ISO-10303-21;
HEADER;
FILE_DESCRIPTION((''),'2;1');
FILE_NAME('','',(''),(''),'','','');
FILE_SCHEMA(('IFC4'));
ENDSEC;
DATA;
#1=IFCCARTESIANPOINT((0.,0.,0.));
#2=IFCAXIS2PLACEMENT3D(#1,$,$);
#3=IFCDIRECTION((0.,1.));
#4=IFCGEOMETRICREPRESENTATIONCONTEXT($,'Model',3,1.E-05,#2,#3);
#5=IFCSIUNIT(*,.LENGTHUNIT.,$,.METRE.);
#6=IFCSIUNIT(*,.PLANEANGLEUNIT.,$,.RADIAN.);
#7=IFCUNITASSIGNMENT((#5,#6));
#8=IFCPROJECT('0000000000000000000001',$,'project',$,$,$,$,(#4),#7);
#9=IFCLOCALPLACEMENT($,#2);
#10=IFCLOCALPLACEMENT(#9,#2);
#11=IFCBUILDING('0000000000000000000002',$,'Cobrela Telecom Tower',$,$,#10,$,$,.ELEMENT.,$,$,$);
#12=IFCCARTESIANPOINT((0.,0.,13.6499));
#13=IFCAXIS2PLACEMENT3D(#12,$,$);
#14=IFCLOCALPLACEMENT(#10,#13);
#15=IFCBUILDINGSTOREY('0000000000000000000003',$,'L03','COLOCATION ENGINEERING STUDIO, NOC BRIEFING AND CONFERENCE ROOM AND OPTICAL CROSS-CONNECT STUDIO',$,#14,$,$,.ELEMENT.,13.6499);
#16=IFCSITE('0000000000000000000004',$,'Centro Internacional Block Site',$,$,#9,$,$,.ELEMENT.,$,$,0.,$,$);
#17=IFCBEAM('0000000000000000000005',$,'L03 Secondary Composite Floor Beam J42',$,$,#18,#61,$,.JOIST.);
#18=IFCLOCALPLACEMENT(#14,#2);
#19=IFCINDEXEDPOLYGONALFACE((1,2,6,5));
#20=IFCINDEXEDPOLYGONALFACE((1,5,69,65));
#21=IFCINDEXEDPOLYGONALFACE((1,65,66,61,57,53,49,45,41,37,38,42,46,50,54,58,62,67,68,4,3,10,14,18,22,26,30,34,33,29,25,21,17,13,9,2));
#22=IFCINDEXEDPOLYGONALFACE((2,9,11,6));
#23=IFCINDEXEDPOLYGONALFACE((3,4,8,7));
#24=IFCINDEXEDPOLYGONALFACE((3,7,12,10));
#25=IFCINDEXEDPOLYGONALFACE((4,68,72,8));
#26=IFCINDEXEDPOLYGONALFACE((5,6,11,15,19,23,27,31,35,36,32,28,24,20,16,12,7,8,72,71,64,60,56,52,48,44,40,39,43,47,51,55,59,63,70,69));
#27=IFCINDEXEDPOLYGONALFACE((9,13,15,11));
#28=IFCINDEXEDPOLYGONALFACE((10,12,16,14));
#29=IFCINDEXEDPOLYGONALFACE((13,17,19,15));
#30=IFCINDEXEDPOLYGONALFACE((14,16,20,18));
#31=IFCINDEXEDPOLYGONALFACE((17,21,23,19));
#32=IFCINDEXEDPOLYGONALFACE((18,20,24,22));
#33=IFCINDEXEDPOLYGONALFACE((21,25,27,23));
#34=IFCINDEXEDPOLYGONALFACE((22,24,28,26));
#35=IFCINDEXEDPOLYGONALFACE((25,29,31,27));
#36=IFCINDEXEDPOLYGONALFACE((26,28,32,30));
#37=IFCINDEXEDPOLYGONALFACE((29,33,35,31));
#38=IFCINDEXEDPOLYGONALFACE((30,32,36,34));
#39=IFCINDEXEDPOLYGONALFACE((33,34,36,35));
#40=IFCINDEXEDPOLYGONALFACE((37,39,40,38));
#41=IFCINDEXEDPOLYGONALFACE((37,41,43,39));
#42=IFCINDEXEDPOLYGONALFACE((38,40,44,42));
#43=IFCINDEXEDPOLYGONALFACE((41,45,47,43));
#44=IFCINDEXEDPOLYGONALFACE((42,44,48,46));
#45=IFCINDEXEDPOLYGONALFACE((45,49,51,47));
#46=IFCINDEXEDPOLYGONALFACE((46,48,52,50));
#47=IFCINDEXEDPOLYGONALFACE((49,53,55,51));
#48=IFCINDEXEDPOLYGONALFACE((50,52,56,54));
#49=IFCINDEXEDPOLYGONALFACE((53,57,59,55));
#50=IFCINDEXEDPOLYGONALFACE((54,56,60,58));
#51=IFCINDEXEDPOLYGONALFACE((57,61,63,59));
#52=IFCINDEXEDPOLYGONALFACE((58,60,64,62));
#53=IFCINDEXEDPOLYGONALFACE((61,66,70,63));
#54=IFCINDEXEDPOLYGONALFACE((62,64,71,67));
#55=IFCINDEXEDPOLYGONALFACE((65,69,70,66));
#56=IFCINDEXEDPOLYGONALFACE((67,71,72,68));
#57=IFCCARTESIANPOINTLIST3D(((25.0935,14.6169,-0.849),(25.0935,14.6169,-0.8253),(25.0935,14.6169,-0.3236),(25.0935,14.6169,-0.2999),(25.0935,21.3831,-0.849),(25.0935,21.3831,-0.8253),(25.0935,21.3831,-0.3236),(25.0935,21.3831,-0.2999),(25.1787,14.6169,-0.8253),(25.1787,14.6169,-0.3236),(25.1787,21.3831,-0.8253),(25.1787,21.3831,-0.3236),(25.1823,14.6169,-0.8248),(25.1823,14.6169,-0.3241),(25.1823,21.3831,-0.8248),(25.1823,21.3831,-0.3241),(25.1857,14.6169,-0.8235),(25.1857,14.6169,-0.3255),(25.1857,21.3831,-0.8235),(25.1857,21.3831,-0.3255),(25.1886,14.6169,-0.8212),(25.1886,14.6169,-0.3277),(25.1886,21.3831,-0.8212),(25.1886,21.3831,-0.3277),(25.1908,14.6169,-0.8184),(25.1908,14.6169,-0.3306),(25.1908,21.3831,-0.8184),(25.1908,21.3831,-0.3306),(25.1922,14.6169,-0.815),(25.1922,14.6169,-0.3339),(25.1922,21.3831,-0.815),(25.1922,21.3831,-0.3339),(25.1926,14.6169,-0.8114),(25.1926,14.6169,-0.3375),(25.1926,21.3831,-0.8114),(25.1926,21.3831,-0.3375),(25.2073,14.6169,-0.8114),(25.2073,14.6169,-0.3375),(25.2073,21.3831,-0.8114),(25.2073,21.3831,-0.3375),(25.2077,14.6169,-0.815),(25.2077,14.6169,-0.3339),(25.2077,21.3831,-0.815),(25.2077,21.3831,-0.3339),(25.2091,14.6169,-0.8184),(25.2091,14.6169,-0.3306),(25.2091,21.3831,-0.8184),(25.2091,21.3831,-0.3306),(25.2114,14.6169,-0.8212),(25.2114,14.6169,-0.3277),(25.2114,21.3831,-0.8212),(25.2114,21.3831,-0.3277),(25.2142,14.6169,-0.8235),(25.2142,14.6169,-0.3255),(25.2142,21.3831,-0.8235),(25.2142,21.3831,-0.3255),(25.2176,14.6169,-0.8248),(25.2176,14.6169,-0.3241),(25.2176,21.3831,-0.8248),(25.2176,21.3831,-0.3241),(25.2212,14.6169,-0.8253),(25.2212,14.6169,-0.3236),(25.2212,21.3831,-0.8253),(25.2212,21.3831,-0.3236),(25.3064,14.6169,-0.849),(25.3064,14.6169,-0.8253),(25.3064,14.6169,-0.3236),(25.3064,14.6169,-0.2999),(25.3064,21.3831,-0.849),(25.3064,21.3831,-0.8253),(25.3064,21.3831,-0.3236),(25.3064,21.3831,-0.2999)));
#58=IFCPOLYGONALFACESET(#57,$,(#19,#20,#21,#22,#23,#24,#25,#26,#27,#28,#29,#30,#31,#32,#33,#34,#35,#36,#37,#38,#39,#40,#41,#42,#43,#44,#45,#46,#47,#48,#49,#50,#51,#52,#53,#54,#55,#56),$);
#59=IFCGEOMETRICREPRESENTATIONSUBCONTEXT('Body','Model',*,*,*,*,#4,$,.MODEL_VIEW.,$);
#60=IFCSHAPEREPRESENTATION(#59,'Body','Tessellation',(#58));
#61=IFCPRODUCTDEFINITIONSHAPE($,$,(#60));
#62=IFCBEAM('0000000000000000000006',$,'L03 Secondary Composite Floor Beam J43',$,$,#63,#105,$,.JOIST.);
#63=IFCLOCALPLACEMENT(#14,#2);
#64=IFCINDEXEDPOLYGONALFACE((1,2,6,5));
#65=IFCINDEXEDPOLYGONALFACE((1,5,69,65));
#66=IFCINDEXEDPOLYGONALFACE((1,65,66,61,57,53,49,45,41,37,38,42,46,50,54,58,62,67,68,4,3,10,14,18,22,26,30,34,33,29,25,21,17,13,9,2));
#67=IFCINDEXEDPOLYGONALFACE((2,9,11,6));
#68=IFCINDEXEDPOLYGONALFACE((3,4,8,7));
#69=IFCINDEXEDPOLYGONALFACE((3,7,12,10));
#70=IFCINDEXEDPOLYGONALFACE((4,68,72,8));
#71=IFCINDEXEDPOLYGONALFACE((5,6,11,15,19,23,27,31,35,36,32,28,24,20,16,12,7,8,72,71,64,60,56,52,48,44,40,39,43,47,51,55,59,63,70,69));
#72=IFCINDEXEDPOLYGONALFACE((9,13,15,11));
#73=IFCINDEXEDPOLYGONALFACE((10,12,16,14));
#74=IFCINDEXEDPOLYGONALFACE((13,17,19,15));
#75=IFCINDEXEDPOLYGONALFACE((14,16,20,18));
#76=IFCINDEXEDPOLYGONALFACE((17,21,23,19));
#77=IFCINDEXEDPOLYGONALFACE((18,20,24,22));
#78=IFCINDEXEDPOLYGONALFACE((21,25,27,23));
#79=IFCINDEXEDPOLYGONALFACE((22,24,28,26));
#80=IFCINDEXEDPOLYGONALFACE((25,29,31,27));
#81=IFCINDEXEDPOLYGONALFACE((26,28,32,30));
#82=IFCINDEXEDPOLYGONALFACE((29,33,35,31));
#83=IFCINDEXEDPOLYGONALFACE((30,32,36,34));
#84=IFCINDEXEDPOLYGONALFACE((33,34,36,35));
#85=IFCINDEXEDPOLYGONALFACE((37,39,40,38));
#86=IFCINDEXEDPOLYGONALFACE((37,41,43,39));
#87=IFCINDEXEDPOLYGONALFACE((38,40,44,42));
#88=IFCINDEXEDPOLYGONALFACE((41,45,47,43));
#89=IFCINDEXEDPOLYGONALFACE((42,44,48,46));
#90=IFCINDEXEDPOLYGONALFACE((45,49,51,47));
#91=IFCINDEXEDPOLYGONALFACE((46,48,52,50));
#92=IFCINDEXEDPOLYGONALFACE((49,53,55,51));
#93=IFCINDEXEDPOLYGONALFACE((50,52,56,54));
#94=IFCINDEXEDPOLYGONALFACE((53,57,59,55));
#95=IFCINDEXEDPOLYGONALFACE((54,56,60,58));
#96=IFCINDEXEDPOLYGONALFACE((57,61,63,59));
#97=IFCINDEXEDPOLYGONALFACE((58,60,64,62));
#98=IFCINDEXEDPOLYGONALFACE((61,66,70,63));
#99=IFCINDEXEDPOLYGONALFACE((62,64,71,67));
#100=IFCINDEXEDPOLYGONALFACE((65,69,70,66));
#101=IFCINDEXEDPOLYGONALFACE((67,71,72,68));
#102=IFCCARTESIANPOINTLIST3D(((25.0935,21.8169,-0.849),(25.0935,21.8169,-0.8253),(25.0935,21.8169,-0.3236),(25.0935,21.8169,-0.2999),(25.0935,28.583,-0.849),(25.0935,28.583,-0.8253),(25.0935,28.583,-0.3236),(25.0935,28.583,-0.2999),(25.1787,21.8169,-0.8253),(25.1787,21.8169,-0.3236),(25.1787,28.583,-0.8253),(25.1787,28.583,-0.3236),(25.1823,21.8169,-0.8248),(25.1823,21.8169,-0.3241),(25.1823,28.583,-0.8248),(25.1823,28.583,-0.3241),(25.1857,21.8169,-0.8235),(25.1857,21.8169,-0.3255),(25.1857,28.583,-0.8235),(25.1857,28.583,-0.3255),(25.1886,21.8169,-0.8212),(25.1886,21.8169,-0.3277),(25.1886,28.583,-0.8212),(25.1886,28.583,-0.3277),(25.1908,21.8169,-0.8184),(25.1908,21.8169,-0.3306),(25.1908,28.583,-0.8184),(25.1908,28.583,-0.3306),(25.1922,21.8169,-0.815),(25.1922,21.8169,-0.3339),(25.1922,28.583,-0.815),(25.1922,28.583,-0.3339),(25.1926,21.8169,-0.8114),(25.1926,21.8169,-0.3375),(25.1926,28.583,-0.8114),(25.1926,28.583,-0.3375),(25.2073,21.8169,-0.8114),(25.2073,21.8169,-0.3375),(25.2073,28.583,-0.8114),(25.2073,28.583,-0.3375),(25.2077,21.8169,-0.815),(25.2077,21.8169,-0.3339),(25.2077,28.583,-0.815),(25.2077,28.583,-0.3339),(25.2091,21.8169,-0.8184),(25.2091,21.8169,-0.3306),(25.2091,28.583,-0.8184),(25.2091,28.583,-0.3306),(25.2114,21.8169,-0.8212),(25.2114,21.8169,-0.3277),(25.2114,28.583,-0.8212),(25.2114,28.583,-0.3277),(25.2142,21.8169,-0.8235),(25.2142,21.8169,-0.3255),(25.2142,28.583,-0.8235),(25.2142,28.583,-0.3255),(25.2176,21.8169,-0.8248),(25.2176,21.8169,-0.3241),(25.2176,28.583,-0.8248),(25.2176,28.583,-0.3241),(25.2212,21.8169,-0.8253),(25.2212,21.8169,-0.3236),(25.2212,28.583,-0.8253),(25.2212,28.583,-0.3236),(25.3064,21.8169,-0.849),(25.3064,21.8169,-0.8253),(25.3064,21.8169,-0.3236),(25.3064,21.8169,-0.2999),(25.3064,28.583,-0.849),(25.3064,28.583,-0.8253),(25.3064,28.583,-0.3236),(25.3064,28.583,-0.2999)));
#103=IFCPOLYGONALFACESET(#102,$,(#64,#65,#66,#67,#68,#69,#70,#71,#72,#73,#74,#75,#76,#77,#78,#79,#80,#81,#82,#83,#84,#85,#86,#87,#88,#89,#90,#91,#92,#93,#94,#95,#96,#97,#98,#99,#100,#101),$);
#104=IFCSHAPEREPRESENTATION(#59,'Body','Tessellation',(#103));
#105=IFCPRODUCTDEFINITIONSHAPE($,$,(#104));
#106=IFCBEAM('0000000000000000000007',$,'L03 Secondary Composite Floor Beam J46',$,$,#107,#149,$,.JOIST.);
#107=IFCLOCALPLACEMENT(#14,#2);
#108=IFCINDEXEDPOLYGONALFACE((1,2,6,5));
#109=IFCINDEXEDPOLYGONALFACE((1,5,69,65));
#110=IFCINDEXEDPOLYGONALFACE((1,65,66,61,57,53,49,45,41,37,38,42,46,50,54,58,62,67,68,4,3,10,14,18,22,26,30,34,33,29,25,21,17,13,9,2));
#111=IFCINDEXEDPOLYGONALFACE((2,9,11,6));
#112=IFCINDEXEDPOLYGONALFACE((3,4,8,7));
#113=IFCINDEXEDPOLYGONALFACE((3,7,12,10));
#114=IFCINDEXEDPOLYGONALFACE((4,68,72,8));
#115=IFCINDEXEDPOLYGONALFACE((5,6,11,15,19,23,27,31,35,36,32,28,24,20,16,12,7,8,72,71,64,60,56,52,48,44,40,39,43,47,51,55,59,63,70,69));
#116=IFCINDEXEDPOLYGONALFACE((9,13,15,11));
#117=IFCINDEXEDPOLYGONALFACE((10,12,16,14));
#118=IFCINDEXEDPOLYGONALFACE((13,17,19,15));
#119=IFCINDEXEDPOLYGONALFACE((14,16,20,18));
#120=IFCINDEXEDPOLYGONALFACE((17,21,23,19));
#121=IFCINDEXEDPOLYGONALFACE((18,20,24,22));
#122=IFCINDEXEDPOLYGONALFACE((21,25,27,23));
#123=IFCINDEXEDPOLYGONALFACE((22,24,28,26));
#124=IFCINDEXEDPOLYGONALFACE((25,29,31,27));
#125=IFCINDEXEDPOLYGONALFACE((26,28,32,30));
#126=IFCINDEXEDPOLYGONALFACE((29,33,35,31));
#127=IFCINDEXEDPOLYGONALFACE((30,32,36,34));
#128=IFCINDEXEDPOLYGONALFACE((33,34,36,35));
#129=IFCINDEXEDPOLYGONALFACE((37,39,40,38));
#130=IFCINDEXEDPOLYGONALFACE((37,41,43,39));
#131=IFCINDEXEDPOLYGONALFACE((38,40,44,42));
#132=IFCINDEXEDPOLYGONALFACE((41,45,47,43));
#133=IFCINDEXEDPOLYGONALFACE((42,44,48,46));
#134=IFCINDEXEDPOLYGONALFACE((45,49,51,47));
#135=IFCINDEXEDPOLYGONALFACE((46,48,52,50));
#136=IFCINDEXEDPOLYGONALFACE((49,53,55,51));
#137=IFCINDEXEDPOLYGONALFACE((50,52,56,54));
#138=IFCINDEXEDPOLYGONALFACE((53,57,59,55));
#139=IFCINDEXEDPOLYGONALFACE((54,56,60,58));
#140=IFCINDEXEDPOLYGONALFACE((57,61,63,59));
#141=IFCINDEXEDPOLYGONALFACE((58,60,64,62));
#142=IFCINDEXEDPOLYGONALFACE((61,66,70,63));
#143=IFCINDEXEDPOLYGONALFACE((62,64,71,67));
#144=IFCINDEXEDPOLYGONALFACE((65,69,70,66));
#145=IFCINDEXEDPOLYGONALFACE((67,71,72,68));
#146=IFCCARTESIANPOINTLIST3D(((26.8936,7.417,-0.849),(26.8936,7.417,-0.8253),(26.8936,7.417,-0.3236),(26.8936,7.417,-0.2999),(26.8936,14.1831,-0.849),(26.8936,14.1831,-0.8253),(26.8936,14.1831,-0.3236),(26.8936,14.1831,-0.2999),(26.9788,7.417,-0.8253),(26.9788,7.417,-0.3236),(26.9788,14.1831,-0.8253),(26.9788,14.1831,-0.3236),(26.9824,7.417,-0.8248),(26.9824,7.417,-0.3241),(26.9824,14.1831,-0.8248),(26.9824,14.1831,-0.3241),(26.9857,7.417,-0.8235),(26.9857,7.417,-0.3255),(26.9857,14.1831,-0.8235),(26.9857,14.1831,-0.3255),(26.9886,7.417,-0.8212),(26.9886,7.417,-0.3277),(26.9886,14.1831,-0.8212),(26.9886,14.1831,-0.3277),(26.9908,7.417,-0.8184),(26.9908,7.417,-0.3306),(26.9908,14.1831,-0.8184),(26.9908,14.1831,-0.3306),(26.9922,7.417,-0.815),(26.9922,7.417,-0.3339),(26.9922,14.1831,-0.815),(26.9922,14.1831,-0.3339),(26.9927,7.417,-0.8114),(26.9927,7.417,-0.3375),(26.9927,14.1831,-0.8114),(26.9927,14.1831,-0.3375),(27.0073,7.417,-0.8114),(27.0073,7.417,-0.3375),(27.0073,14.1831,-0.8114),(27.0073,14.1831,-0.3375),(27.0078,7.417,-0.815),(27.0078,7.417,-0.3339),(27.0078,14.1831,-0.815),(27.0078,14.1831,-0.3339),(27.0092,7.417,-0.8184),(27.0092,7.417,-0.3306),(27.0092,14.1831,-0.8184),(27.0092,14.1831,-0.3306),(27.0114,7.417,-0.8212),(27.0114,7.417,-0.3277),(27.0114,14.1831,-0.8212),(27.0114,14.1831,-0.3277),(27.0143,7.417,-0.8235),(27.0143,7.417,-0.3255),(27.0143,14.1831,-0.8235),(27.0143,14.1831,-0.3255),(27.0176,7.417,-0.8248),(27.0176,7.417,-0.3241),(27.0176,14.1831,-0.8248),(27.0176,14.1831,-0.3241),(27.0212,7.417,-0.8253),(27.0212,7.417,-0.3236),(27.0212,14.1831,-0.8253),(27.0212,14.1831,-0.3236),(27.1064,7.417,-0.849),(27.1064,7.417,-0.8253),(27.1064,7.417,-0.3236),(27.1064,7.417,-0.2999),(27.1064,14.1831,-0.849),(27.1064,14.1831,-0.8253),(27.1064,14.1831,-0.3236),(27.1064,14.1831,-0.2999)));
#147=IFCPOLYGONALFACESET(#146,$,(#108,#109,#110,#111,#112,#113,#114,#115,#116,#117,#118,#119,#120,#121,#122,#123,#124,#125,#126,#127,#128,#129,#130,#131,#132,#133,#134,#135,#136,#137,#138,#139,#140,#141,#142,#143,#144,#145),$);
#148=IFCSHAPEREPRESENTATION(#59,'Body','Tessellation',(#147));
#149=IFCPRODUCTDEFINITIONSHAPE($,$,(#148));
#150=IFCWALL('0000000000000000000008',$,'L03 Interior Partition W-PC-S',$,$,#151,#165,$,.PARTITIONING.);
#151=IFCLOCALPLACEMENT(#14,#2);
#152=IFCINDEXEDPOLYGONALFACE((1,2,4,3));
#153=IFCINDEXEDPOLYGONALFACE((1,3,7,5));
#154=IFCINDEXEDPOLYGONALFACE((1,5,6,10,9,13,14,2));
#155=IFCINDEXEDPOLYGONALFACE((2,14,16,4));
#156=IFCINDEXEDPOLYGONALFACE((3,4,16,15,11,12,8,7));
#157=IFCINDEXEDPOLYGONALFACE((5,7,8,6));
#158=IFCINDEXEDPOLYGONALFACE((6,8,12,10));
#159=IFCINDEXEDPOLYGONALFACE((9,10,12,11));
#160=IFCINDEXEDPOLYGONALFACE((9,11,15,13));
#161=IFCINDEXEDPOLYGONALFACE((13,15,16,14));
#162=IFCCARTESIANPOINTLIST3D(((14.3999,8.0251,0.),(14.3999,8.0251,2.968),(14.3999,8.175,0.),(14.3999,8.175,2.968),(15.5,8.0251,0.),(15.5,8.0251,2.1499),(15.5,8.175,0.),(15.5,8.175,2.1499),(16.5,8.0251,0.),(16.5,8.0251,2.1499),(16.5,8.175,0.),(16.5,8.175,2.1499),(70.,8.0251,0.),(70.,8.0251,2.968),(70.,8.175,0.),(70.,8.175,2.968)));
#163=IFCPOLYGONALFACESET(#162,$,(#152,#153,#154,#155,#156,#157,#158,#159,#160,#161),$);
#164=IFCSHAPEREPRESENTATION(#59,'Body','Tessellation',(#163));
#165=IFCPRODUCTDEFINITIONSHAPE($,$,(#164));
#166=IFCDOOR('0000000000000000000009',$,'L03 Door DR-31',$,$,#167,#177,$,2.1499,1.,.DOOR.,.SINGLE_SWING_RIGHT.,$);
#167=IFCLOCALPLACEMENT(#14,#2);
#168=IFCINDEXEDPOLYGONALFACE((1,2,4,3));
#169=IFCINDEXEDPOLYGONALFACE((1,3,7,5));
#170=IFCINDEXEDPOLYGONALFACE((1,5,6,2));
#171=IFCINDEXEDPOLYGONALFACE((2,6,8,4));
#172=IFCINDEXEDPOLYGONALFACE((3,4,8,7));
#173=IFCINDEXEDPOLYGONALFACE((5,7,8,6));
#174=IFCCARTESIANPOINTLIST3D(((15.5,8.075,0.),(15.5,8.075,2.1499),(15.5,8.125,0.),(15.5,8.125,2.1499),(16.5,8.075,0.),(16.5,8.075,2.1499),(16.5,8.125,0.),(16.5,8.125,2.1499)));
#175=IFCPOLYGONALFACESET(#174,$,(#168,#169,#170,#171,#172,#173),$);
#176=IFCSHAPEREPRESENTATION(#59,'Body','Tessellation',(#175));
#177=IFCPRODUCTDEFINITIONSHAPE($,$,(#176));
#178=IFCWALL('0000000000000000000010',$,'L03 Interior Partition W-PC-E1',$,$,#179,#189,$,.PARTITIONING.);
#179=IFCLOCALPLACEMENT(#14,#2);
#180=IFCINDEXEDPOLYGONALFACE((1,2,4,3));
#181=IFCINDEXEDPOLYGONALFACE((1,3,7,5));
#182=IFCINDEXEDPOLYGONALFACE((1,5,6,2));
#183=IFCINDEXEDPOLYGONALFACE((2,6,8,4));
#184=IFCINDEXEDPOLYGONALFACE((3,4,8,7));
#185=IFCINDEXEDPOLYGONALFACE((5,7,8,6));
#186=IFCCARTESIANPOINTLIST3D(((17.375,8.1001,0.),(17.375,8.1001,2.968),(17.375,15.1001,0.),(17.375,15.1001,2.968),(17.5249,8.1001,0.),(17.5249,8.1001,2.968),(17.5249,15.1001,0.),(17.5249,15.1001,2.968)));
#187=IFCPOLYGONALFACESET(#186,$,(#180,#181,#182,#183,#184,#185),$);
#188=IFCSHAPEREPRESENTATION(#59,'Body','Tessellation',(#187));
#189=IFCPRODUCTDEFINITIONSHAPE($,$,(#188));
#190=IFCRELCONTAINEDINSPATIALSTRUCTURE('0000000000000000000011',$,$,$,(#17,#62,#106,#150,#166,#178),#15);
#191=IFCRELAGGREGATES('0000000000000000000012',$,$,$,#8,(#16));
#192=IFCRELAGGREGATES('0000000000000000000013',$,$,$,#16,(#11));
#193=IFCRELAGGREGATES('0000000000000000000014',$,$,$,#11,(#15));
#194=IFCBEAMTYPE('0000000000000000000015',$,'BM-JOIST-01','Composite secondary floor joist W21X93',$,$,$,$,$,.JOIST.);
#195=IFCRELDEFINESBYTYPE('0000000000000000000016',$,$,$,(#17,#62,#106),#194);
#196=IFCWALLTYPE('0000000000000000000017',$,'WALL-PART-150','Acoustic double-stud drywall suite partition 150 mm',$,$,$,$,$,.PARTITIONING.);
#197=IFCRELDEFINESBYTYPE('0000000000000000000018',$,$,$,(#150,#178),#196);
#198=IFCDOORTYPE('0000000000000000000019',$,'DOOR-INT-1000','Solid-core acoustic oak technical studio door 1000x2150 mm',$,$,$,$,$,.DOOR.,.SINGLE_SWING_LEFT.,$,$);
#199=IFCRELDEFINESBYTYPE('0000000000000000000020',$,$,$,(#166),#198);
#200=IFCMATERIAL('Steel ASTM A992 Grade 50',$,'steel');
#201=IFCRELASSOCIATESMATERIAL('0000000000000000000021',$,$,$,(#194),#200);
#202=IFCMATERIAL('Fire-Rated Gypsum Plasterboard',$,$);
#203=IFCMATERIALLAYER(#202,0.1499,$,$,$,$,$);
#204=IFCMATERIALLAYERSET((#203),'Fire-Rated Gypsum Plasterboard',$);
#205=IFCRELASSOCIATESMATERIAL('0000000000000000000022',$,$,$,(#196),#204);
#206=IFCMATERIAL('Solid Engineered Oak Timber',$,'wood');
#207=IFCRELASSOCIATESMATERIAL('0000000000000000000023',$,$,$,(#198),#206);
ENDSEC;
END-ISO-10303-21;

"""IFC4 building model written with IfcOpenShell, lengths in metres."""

from ifc_helpers import new_model, si_unit, direction, frame, frame_2d, origin, origin_2d, place, context, subcontext, project, spatial, rectangle, i_section, extrude, material, layer, layer_set, material_profile, profile_set, type_object, element, fill, save


model = new_model("IFC4")

# Units and contexts
model_context = context("Model", 3, precision=1e-05, world=origin(), true_north=direction((0.0, 1.0)))
body_context = subcontext(model_context, "Body", "Model", "MODEL_VIEW")
ifc_project = project(units=[si_unit("LENGTHUNIT", "METRE"), si_unit("PLANEANGLEUNIT", "RADIAN")], contexts=[model_context])

# Site, building, storey
site_placement = place(None, origin())
site = spatial("IfcSite", under=ifc_project, at=site_placement, Name="Centro Internacional Block Site", CompositionType="ELEMENT", RefElevation=0.0)
building_placement = place(site_placement, origin())
building = spatial("IfcBuilding", under=site, at=building_placement, Name="Cobrela Telecom Tower", CompositionType="ELEMENT")
storey_placement = place(building_placement, frame((0.0, 0.0, 13.6499)))
storey = spatial("IfcBuildingStorey", under=building, at=storey_placement, Name="L03", Description="COLOCATION ENGINEERING STUDIO, NOC BRIEFING AND CONFERENCE ROOM AND OPTICAL CROSS-CONNECT STUDIO", CompositionType="ELEMENT", Elevation=13.6499)

# Beams
ifc_material_1 = material(Name="Steel ASTM A992 Grade 50", Category="steel")
ifc_material_profile = material_profile(ifc_material_1, i_section(OverallWidth=0.2129, OverallDepth=0.5491, WebThickness=0.0146, FlangeThickness=0.0237, FilletRadius=0.0139, at=origin_2d()), Name="W21X93")
ifc_profile_set = profile_set([ifc_material_profile], Name="Steel ASTM A992 Grade 50")
beam_type = type_object("IfcBeamType", Name="BM-JOIST-01", Description="Composite secondary floor joist W21X93", PredefinedType="JOIST", material=ifc_profile_set)
for number, where, z_axis, x_axis, name in (
    (1, (25.2, 14.6169, -0.5745), (0.0, 1.0, 0.0), (-1.0, 0.0, 0.0), "L03 Secondary Composite Floor Beam J42"),
    (2, (25.2, 21.8169, -0.5745), (0.0, 1.0, 0.0), (-1.0, 0.0, 0.0), "L03 Secondary Composite Floor Beam J43"),
    (3, (27.0, 7.417, -0.5745), (0.0, 1.0, 0.0), (-1.0, 0.0, 0.0), "L03 Secondary Composite Floor Beam J46"),
):
    element("IfcBeam", number, at=place(storey_placement, frame(where, z_axis=z_axis, x_axis=x_axis)), inside=storey, type_object=beam_type, Name=name, PredefinedType="JOIST", context=body_context, shape_type="SweptSolid", body=[
        extrude(i_section(OverallWidth=0.2129, OverallDepth=0.5491, WebThickness=0.0146, FlangeThickness=0.0237, FilletRadius=0.0139, at=origin_2d()), origin(), (0.0, 0.0, 1.0), 6.7661),
    ])

# Wall, opening, door
ifc_material_2 = material(Name="Fire-Rated Gypsum Plasterboard")
ifc_layer = layer(ifc_material_2, 0.1499)
ifc_layer_set = layer_set([ifc_layer], Name="Fire-Rated Gypsum Plasterboard")
wall_type = type_object("IfcWallType", Name="WALL-PART-150", Description="Acoustic double-stud drywall suite partition 150 mm", PredefinedType="PARTITIONING", material=ifc_layer_set)
wall_1_placement = place(storey_placement, frame((14.3999, 8.1001, 0.0), z_axis=(0.0, 0.0, 1.0), x_axis=(1.0, 0.0, 0.0)))
wall_1 = element("IfcWall", 4, at=wall_1_placement, inside=storey, type_object=wall_type, Name="L03 Interior Partition W-PC-S", PredefinedType="PARTITIONING", context=body_context, shape_type="SweptSolid", body=[
    extrude(rectangle(XDim=55.6001, YDim=0.1499, at=frame_2d((27.8, 0.0))), origin(), (0.0, 0.0, 1.0), 2.968),
])
opening_1_placement = place(wall_1_placement, frame((1.1001, 0.0, 0.0)))
opening_1 = element("IfcOpeningElement", 5, at=opening_1_placement, cuts=wall_1, PredefinedType="OPENING", context=body_context, shape_type="SweptSolid", body=[
    extrude(rectangle(XDim=1.0, YDim=2.1499, at=frame_2d((0.5, 1.075))), frame((0.0, 0.0869, 0.0), z_axis=(0.0, -1.0, 0.0), x_axis=(1.0, 0.0, 0.0)), (0.0, 0.0, 1.0), 0.1738),
])
ifc_material_3 = material(Name="Solid Engineered Oak Timber", Category="wood")
door_type_1 = type_object("IfcDoorType", Name="DOOR-INT-1000", Description="Solid-core acoustic oak technical studio door 1000x2150 mm", OperationType="SINGLE_SWING_LEFT", PredefinedType="DOOR", material=ifc_material_3)
door_1_placement = place(opening_1_placement, origin())
door_1 = element("IfcDoor", 6, at=door_1_placement, inside=storey, type_object=door_type_1, Name="L03 Door DR-31", OperationType="SINGLE_SWING_RIGHT", OverallHeight=2.1499, OverallWidth=1.0, PredefinedType="DOOR", context=body_context, shape_type="SweptSolid", body=[
    extrude(rectangle(XDim=1.0, YDim=2.1499, at=frame_2d((0.5, 1.075))), frame((0.0, 0.0249, 0.0), z_axis=(0.0, -1.0, 0.0), x_axis=(1.0, 0.0, 0.0)), (0.0, 0.0, 1.0), 0.05),
])
fill(opening_1, door_1)

# Wall
wall_2_placement = place(storey_placement, frame((17.45, 8.1001, 0.0), z_axis=(0.0, 0.0, 1.0), x_axis=(0.0, 1.0, 0.0)))
element("IfcWall", 7, at=wall_2_placement, inside=storey, type_object=wall_type, Name="L03 Interior Partition W-PC-E1", PredefinedType="PARTITIONING", context=body_context, shape_type="SweptSolid", body=[
    extrude(rectangle(XDim=7.0, YDim=0.1499, at=frame_2d((3.5, 0.0))), origin(), (0.0, 0.0, 1.0), 2.968),
])

save(model, "model.ifc")
